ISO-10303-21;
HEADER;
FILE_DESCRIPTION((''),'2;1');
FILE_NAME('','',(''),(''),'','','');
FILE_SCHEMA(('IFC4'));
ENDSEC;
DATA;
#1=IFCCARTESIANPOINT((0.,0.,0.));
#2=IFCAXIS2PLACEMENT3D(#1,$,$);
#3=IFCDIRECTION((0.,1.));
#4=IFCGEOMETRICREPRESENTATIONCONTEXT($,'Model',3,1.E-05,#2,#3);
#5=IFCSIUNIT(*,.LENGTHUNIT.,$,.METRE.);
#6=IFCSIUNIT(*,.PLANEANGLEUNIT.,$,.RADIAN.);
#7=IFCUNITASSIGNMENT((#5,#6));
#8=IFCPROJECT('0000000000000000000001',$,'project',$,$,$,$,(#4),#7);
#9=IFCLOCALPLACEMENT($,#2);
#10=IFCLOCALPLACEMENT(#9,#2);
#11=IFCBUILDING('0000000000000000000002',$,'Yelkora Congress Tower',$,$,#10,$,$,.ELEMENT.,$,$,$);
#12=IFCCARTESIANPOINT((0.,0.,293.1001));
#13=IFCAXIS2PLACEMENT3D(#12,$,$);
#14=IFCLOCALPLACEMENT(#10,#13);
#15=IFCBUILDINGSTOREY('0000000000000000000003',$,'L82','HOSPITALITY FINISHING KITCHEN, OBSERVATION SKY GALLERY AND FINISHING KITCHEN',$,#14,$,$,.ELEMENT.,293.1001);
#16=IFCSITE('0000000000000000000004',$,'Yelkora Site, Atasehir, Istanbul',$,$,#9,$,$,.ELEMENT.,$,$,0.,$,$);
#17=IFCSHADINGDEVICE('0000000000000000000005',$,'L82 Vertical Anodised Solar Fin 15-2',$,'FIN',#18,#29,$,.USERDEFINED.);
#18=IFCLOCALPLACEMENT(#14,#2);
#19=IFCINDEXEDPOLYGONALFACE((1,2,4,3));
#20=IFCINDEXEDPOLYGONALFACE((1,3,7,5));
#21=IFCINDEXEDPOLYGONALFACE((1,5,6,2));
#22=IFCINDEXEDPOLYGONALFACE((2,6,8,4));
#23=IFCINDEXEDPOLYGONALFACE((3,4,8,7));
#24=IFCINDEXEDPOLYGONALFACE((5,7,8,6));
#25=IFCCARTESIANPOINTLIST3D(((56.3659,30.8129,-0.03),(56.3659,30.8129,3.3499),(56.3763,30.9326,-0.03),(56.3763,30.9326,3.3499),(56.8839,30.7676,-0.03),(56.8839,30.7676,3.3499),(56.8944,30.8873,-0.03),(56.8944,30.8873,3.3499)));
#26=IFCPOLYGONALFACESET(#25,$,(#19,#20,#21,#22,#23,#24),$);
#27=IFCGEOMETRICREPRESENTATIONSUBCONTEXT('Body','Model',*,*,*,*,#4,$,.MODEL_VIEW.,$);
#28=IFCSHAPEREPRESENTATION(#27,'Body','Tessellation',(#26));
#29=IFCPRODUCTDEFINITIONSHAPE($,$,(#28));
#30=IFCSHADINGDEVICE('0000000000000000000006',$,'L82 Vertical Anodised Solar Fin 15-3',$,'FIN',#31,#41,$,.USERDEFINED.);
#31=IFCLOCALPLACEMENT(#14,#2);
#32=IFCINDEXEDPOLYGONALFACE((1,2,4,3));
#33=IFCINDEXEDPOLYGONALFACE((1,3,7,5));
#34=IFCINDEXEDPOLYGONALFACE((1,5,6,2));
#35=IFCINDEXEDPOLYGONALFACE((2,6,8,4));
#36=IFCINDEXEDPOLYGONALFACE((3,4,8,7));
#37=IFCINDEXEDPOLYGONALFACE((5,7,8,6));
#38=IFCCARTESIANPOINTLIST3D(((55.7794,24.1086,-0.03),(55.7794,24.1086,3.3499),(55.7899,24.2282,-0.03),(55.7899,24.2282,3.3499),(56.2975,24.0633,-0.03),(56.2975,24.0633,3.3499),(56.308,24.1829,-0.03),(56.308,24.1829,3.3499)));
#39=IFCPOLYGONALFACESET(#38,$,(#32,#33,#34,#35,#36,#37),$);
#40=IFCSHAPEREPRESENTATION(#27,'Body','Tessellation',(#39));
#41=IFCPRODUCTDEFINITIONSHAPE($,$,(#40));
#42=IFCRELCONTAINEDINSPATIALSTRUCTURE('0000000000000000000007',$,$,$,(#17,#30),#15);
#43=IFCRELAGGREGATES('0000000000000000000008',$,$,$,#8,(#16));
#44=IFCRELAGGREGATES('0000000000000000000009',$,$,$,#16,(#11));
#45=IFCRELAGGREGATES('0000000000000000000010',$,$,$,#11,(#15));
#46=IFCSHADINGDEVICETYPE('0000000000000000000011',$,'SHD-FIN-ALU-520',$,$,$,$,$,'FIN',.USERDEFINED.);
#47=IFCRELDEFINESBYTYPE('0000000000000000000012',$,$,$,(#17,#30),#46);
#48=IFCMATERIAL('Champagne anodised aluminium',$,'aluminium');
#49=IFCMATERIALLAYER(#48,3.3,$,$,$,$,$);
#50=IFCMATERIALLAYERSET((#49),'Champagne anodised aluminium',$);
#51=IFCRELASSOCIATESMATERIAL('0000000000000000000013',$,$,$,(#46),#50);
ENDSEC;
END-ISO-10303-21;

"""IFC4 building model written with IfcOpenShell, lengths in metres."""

from ifc_helpers import new_model, si_unit, direction, frame, origin, origin_2d, place, context, subcontext, project, spatial, rectangle, extrude, material, layer, layer_set, type_object, element, save


model = new_model("IFC4")

# Units and contexts
model_context = context("Model", 3, precision=1e-05, world=origin(), true_north=direction((0.0, 1.0)))
body_context = subcontext(model_context, "Body", "Model", "MODEL_VIEW")
ifc_project = project(units=[si_unit("LENGTHUNIT", "METRE"), si_unit("PLANEANGLEUNIT", "RADIAN")], contexts=[model_context])

# Site, building, storey
site_placement = place(None, origin())
site = spatial("IfcSite", under=ifc_project, at=site_placement, Name="Yelkora Site, Atasehir, Istanbul", CompositionType="ELEMENT", RefElevation=0.0)
building_placement = place(site_placement, origin())
building = spatial("IfcBuilding", under=site, at=building_placement, Name="Yelkora Congress Tower", CompositionType="ELEMENT")
storey_placement = place(building_placement, frame((0.0, 0.0, 293.1001)))
storey = spatial("IfcBuildingStorey", under=building, at=storey_placement, Name="L82", Description="HOSPITALITY FINISHING KITCHEN, OBSERVATION SKY GALLERY AND FINISHING KITCHEN", CompositionType="ELEMENT", Elevation=293.1001)

# Shading devices
ifc_material_1 = material(Name="Champagne anodised aluminium", Category="aluminium")
ifc_layer_1 = layer(ifc_material_1, 3.3)
ifc_layer_set_1 = layer_set([ifc_layer_1], Name="Champagne anodised aluminium")
shading_device_type = type_object("IfcShadingDeviceType", Name="SHD-FIN-ALU-520", ElementType="FIN", PredefinedType="USERDEFINED", material=ifc_layer_set_1)
for number, where, z_axis, x_axis, name in (
    (1, (56.6301, 30.8501, -0.03), (0.0, 0.0, 1.0), (-0.087156, -0.996195, 0.0), "L82 Vertical Anodised Solar Fin 15-2"),
    (2, (56.0437, 24.1458, -0.03), (0.0, 0.0, 1.0), (-0.087156, -0.996195, 0.0), "L82 Vertical Anodised Solar Fin 15-3"),
):
    element("IfcShadingDevice", number, at=place(storey_placement, frame(where, z_axis=z_axis, x_axis=x_axis)), inside=storey, type_object=shading_device_type, Name=name, ObjectType="FIN", PredefinedType="USERDEFINED", context=body_context, shape_type="SweptSolid", body=[
        extrude(rectangle(XDim=0.1201, YDim=0.52, at=origin_2d()), origin(), (0.0, 0.0, 1.0), 3.3799),
    ])

save(model, "model.ifc")
